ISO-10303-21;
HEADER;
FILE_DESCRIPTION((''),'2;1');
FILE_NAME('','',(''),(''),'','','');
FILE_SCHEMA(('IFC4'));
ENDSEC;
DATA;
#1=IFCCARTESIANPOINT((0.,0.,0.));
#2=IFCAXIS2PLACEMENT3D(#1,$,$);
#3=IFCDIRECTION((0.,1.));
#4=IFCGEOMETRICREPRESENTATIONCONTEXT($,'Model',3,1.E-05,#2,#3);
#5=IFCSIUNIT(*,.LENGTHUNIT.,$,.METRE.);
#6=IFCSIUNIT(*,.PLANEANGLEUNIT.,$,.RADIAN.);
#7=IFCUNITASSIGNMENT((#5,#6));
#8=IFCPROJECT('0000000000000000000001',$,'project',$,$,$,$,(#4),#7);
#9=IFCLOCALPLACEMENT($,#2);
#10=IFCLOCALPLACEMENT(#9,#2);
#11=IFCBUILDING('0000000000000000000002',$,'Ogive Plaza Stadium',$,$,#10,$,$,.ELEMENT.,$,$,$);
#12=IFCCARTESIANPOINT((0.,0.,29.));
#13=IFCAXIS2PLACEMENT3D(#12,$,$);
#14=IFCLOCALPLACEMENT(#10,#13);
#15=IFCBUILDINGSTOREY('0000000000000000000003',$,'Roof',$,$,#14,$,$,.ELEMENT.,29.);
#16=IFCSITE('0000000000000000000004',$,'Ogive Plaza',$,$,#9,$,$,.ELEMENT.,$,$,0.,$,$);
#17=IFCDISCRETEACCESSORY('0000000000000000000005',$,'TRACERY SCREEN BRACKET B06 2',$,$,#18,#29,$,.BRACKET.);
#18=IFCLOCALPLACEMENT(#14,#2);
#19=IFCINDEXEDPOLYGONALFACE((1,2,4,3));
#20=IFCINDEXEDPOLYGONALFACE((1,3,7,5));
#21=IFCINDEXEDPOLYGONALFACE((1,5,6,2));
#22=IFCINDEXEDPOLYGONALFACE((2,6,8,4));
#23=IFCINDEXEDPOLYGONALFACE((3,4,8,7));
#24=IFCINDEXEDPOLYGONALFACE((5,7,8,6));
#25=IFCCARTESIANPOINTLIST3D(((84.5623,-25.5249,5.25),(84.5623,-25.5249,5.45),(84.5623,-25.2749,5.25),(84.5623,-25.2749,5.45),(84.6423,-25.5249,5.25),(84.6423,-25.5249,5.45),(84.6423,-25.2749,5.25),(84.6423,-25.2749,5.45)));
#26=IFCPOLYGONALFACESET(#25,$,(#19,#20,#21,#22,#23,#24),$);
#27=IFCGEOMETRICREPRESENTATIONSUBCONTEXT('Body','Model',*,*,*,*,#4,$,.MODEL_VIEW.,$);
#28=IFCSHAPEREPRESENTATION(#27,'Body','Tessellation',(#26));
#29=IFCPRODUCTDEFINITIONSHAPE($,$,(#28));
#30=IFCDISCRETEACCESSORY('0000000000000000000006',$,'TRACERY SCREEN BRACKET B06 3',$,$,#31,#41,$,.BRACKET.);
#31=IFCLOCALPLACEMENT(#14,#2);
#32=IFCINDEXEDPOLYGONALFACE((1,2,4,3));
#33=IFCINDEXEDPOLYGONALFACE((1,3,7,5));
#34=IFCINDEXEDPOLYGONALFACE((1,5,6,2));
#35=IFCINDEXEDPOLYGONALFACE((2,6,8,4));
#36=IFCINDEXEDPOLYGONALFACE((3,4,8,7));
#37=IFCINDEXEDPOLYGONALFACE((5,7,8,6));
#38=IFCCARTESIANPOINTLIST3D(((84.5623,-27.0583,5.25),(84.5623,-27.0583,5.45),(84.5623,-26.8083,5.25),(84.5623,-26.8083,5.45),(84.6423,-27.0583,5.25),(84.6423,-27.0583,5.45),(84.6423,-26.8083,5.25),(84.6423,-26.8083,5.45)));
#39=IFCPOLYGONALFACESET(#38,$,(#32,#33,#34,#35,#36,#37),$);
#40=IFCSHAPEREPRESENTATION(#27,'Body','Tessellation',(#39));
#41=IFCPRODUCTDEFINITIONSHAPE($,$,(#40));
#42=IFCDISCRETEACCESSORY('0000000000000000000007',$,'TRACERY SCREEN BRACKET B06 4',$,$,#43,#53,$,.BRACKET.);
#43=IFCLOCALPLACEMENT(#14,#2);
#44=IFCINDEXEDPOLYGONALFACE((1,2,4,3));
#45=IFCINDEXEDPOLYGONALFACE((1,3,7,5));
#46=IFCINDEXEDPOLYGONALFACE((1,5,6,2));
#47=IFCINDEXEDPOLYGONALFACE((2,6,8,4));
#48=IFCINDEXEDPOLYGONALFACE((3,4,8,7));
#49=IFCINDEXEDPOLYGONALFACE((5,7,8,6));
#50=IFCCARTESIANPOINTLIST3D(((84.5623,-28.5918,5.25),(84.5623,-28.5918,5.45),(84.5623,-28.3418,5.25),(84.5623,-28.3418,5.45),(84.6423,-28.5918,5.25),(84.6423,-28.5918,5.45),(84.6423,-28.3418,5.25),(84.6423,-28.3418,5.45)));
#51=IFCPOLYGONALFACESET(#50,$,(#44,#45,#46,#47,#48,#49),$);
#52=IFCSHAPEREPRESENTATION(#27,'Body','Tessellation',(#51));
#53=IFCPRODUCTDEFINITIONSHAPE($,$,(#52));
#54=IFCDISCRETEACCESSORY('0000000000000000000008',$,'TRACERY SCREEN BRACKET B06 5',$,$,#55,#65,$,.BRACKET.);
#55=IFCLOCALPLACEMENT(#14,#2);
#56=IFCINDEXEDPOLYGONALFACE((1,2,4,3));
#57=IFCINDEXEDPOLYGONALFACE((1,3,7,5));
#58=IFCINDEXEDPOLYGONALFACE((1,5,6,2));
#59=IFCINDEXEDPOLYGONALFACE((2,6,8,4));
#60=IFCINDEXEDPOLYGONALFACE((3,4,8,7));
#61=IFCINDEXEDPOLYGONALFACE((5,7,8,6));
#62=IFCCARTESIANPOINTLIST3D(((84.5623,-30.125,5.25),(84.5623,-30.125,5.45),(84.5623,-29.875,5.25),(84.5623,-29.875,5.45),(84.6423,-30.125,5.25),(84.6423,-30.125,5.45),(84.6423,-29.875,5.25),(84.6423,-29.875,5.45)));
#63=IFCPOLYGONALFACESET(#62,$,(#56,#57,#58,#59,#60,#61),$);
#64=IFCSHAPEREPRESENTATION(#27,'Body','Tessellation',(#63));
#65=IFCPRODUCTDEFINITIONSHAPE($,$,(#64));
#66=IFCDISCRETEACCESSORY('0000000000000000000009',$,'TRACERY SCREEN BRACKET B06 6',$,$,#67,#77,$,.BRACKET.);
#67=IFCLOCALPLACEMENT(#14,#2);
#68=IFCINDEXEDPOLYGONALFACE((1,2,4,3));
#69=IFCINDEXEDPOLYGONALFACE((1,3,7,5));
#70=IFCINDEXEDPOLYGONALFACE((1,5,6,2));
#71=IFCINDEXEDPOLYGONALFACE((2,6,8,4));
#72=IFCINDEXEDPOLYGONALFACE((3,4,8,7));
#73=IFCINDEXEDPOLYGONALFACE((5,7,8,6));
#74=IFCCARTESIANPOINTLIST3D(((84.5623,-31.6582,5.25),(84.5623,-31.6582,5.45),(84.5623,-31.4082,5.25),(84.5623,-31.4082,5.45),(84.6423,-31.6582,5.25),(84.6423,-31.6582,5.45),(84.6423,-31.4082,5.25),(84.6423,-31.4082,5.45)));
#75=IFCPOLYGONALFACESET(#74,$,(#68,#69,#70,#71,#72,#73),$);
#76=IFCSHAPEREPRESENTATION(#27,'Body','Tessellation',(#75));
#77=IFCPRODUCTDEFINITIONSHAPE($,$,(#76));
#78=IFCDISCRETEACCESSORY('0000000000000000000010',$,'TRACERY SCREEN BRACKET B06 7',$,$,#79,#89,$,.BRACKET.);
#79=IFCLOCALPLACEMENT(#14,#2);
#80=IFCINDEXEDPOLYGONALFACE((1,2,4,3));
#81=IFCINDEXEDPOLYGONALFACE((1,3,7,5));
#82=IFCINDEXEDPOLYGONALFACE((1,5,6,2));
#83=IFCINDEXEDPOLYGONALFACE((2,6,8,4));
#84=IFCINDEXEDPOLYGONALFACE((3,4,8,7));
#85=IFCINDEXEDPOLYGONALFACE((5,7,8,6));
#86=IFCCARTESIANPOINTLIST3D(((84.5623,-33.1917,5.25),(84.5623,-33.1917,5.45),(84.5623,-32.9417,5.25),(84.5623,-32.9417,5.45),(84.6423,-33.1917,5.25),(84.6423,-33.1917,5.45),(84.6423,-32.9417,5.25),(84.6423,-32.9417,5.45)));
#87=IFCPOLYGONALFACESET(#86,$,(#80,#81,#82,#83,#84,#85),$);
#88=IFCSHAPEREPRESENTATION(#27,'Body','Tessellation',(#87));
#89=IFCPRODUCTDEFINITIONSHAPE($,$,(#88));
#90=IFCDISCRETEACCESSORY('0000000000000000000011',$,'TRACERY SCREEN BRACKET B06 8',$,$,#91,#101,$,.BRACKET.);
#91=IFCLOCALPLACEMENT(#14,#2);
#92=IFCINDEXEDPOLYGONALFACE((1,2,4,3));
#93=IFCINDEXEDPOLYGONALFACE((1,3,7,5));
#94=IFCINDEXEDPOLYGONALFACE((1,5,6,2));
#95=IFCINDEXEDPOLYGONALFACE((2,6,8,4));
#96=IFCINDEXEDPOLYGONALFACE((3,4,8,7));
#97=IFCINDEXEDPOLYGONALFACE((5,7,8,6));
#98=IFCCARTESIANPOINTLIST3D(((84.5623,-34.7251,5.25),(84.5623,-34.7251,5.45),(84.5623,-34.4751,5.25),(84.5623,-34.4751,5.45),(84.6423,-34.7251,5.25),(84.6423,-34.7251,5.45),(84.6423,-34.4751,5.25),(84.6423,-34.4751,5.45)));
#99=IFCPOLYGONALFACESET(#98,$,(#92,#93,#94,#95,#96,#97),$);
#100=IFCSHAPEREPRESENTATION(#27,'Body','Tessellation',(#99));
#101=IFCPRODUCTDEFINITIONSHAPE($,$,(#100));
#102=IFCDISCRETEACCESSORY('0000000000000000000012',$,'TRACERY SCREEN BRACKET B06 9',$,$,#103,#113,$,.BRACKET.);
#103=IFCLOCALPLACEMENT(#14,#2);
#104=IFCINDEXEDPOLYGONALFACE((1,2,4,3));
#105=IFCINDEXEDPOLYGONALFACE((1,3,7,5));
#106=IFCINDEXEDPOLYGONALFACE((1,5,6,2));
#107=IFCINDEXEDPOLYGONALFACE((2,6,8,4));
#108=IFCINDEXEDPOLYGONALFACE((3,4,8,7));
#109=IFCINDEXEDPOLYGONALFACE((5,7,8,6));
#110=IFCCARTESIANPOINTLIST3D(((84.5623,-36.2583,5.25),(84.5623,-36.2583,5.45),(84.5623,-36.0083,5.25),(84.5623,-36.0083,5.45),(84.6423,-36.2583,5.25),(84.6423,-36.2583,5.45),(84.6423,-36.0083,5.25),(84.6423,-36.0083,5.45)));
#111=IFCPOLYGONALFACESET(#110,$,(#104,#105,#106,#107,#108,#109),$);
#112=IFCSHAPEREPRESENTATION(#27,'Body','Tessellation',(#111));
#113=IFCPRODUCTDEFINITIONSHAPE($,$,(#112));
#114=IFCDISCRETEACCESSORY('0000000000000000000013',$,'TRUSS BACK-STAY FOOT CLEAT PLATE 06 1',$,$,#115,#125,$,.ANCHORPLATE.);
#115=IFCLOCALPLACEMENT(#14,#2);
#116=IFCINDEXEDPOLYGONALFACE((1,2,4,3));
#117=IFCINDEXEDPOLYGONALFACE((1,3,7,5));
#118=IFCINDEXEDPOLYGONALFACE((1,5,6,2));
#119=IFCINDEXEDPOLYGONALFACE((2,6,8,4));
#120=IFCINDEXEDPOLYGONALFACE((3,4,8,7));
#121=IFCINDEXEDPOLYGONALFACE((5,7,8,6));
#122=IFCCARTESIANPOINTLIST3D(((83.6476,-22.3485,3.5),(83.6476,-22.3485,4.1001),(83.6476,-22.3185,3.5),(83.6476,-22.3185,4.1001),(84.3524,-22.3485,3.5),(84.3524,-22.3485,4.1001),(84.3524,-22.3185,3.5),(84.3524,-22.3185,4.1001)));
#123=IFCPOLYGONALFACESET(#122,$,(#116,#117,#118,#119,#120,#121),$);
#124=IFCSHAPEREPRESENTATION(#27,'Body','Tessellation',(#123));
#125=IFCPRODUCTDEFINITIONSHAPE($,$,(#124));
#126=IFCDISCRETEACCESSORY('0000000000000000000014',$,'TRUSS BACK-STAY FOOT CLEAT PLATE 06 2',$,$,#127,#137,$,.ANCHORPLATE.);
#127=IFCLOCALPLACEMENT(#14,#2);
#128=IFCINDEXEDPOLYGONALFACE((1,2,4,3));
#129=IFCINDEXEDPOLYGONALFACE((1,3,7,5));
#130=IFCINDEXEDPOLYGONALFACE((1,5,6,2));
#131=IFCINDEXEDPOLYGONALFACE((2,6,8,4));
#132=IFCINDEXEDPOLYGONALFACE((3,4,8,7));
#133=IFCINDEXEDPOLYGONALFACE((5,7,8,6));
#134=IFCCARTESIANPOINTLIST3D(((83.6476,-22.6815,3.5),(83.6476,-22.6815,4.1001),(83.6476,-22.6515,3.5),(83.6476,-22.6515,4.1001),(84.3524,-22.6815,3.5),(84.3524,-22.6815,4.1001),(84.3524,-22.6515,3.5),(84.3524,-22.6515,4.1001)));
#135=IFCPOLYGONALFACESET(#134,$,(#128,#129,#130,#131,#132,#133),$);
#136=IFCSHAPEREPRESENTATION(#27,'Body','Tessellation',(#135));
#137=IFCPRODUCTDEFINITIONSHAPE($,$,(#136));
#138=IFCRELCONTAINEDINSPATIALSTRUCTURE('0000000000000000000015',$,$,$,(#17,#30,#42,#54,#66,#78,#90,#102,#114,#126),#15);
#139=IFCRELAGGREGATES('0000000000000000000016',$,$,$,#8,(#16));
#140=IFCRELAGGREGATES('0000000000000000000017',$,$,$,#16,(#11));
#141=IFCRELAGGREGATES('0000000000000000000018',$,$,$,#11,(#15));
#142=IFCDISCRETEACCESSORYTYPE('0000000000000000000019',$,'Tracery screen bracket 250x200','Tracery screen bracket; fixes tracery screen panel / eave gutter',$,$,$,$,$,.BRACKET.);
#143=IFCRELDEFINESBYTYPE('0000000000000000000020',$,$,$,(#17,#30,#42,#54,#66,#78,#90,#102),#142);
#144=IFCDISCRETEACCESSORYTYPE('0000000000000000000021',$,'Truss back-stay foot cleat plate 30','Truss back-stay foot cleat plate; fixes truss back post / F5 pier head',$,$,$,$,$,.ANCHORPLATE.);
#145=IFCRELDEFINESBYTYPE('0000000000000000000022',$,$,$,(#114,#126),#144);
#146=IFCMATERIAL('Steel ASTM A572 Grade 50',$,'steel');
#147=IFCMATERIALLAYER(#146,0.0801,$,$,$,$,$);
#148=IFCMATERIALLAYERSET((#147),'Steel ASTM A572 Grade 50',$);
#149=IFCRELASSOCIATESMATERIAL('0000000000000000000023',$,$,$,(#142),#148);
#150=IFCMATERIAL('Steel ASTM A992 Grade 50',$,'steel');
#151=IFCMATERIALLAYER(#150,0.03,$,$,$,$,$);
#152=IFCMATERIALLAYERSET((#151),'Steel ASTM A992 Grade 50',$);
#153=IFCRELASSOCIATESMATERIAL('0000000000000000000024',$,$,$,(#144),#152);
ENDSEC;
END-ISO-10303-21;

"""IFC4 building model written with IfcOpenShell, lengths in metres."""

from ifc_helpers import new_model, si_unit, direction, frame, origin, origin_2d, place, context, subcontext, project, spatial, rectangle, extrude, material, layer, layer_set, type_object, element, save


model = new_model("IFC4")

# Units and contexts
model_context = context("Model", 3, precision=1e-05, world=origin(), true_north=direction((0.0, 1.0)))
body_context = subcontext(model_context, "Body", "Model", "MODEL_VIEW")
ifc_project = project(units=[si_unit("LENGTHUNIT", "METRE"), si_unit("PLANEANGLEUNIT", "RADIAN")], contexts=[model_context])

# Site, building, storey
site_placement = place(None, origin())
site = spatial("IfcSite", under=ifc_project, at=site_placement, Name="Ogive Plaza", CompositionType="ELEMENT", RefElevation=0.0)
building_placement = place(site_placement, origin())
building = spatial("IfcBuilding", under=site, at=building_placement, Name="Ogive Plaza Stadium", CompositionType="ELEMENT")
storey_placement = place(building_placement, frame((0.0, 0.0, 29.0)))
storey = spatial("IfcBuildingStorey", under=building, at=storey_placement, Name="Roof", CompositionType="ELEMENT", Elevation=29.0)

# Discrete accessories
ifc_material_1 = material(Name="Steel ASTM A572 Grade 50", Category="steel")
ifc_layer_1 = layer(ifc_material_1, 0.0801)
ifc_layer_set_1 = layer_set([ifc_layer_1], Name="Steel ASTM A572 Grade 50")
discrete_accessory_type_1 = type_object("IfcDiscreteAccessoryType", Name="Tracery screen bracket 250x200", Description="Tracery screen bracket; fixes tracery screen panel / eave gutter", PredefinedType="BRACKET", material=ifc_layer_set_1)
for number, where, z_axis, x_axis, name in (
    (1, (84.6023, -25.3999, 5.25), (0.0, 0.0, 1.0), (0.0, -1.0, 0.0), "TRACERY SCREEN BRACKET B06 2"),
    (2, (84.6023, -26.9333, 5.25), (0.0, 0.0, 1.0), (0.0, -1.0, 0.0), "TRACERY SCREEN BRACKET B06 3"),
    (3, (84.6023, -28.4668, 5.25), (0.0, 0.0, 1.0), (0.0, -1.0, 0.0), "TRACERY SCREEN BRACKET B06 4"),
    (4, (84.6023, -30.0, 5.25), (0.0, 0.0, 1.0), (0.0, -1.0, 0.0), "TRACERY SCREEN BRACKET B06 5"),
    (5, (84.6023, -31.5332, 5.25), (0.0, 0.0, 1.0), (0.0, -1.0, 0.0), "TRACERY SCREEN BRACKET B06 6"),
    (6, (84.6023, -33.0667, 5.25), (0.0, 0.0, 1.0), (0.0, -1.0, 0.0), "TRACERY SCREEN BRACKET B06 7"),
    (7, (84.6023, -34.6001, 5.25), (0.0, 0.0, 1.0), (0.0, -1.0, 0.0), "TRACERY SCREEN BRACKET B06 8"),
    (8, (84.6023, -36.1333, 5.25), (0.0, 0.0, 1.0), (0.0, -1.0, 0.0), "TRACERY SCREEN BRACKET B06 9"),
):
    element("IfcDiscreteAccessory", number, at=place(storey_placement, frame(where, z_axis=z_axis, x_axis=x_axis)), inside=storey, type_object=discrete_accessory_type_1, Name=name, PredefinedType="BRACKET", context=body_context, shape_type="SweptSolid", body=[
        extrude(rectangle(XDim=0.25, YDim=0.0801, at=origin_2d()), origin(), (0.0, 0.0, 1.0), 0.2),
    ])
ifc_material_2 = material(Name="Steel ASTM A992 Grade 50", Category="steel")
ifc_layer_2 = layer(ifc_material_2, 0.03)
ifc_layer_set_2 = layer_set([ifc_layer_2], Name="Steel ASTM A992 Grade 50")
discrete_accessory_type_2 = type_object("IfcDiscreteAccessoryType", Name="Truss back-stay foot cleat plate 30", Description="Truss back-stay foot cleat plate; fixes truss back post / F5 pier head", PredefinedType="ANCHORPLATE", material=ifc_layer_set_2)
for number, where, z_axis, x_axis, name in (
    (9, (84.0, -22.3335, 3.5), (0.0, 0.0, 1.0), (1.0, 0.0, 0.0), "TRUSS BACK-STAY FOOT CLEAT PLATE 06 1"),
    (10, (84.0, -22.6665, 3.5), (0.0, 0.0, 1.0), (1.0, 0.0, 0.0), "TRUSS BACK-STAY FOOT CLEAT PLATE 06 2"),
):
    element("IfcDiscreteAccessory", number, at=place(storey_placement, frame(where, z_axis=z_axis, x_axis=x_axis)), inside=storey, type_object=discrete_accessory_type_2, Name=name, PredefinedType="ANCHORPLATE", context=body_context, shape_type="SweptSolid", body=[
        extrude(rectangle(XDim=0.7048, YDim=0.03, at=origin_2d()), origin(), (0.0, 0.0, 1.0), 0.6001),
    ])

save(model, "model.ifc")
